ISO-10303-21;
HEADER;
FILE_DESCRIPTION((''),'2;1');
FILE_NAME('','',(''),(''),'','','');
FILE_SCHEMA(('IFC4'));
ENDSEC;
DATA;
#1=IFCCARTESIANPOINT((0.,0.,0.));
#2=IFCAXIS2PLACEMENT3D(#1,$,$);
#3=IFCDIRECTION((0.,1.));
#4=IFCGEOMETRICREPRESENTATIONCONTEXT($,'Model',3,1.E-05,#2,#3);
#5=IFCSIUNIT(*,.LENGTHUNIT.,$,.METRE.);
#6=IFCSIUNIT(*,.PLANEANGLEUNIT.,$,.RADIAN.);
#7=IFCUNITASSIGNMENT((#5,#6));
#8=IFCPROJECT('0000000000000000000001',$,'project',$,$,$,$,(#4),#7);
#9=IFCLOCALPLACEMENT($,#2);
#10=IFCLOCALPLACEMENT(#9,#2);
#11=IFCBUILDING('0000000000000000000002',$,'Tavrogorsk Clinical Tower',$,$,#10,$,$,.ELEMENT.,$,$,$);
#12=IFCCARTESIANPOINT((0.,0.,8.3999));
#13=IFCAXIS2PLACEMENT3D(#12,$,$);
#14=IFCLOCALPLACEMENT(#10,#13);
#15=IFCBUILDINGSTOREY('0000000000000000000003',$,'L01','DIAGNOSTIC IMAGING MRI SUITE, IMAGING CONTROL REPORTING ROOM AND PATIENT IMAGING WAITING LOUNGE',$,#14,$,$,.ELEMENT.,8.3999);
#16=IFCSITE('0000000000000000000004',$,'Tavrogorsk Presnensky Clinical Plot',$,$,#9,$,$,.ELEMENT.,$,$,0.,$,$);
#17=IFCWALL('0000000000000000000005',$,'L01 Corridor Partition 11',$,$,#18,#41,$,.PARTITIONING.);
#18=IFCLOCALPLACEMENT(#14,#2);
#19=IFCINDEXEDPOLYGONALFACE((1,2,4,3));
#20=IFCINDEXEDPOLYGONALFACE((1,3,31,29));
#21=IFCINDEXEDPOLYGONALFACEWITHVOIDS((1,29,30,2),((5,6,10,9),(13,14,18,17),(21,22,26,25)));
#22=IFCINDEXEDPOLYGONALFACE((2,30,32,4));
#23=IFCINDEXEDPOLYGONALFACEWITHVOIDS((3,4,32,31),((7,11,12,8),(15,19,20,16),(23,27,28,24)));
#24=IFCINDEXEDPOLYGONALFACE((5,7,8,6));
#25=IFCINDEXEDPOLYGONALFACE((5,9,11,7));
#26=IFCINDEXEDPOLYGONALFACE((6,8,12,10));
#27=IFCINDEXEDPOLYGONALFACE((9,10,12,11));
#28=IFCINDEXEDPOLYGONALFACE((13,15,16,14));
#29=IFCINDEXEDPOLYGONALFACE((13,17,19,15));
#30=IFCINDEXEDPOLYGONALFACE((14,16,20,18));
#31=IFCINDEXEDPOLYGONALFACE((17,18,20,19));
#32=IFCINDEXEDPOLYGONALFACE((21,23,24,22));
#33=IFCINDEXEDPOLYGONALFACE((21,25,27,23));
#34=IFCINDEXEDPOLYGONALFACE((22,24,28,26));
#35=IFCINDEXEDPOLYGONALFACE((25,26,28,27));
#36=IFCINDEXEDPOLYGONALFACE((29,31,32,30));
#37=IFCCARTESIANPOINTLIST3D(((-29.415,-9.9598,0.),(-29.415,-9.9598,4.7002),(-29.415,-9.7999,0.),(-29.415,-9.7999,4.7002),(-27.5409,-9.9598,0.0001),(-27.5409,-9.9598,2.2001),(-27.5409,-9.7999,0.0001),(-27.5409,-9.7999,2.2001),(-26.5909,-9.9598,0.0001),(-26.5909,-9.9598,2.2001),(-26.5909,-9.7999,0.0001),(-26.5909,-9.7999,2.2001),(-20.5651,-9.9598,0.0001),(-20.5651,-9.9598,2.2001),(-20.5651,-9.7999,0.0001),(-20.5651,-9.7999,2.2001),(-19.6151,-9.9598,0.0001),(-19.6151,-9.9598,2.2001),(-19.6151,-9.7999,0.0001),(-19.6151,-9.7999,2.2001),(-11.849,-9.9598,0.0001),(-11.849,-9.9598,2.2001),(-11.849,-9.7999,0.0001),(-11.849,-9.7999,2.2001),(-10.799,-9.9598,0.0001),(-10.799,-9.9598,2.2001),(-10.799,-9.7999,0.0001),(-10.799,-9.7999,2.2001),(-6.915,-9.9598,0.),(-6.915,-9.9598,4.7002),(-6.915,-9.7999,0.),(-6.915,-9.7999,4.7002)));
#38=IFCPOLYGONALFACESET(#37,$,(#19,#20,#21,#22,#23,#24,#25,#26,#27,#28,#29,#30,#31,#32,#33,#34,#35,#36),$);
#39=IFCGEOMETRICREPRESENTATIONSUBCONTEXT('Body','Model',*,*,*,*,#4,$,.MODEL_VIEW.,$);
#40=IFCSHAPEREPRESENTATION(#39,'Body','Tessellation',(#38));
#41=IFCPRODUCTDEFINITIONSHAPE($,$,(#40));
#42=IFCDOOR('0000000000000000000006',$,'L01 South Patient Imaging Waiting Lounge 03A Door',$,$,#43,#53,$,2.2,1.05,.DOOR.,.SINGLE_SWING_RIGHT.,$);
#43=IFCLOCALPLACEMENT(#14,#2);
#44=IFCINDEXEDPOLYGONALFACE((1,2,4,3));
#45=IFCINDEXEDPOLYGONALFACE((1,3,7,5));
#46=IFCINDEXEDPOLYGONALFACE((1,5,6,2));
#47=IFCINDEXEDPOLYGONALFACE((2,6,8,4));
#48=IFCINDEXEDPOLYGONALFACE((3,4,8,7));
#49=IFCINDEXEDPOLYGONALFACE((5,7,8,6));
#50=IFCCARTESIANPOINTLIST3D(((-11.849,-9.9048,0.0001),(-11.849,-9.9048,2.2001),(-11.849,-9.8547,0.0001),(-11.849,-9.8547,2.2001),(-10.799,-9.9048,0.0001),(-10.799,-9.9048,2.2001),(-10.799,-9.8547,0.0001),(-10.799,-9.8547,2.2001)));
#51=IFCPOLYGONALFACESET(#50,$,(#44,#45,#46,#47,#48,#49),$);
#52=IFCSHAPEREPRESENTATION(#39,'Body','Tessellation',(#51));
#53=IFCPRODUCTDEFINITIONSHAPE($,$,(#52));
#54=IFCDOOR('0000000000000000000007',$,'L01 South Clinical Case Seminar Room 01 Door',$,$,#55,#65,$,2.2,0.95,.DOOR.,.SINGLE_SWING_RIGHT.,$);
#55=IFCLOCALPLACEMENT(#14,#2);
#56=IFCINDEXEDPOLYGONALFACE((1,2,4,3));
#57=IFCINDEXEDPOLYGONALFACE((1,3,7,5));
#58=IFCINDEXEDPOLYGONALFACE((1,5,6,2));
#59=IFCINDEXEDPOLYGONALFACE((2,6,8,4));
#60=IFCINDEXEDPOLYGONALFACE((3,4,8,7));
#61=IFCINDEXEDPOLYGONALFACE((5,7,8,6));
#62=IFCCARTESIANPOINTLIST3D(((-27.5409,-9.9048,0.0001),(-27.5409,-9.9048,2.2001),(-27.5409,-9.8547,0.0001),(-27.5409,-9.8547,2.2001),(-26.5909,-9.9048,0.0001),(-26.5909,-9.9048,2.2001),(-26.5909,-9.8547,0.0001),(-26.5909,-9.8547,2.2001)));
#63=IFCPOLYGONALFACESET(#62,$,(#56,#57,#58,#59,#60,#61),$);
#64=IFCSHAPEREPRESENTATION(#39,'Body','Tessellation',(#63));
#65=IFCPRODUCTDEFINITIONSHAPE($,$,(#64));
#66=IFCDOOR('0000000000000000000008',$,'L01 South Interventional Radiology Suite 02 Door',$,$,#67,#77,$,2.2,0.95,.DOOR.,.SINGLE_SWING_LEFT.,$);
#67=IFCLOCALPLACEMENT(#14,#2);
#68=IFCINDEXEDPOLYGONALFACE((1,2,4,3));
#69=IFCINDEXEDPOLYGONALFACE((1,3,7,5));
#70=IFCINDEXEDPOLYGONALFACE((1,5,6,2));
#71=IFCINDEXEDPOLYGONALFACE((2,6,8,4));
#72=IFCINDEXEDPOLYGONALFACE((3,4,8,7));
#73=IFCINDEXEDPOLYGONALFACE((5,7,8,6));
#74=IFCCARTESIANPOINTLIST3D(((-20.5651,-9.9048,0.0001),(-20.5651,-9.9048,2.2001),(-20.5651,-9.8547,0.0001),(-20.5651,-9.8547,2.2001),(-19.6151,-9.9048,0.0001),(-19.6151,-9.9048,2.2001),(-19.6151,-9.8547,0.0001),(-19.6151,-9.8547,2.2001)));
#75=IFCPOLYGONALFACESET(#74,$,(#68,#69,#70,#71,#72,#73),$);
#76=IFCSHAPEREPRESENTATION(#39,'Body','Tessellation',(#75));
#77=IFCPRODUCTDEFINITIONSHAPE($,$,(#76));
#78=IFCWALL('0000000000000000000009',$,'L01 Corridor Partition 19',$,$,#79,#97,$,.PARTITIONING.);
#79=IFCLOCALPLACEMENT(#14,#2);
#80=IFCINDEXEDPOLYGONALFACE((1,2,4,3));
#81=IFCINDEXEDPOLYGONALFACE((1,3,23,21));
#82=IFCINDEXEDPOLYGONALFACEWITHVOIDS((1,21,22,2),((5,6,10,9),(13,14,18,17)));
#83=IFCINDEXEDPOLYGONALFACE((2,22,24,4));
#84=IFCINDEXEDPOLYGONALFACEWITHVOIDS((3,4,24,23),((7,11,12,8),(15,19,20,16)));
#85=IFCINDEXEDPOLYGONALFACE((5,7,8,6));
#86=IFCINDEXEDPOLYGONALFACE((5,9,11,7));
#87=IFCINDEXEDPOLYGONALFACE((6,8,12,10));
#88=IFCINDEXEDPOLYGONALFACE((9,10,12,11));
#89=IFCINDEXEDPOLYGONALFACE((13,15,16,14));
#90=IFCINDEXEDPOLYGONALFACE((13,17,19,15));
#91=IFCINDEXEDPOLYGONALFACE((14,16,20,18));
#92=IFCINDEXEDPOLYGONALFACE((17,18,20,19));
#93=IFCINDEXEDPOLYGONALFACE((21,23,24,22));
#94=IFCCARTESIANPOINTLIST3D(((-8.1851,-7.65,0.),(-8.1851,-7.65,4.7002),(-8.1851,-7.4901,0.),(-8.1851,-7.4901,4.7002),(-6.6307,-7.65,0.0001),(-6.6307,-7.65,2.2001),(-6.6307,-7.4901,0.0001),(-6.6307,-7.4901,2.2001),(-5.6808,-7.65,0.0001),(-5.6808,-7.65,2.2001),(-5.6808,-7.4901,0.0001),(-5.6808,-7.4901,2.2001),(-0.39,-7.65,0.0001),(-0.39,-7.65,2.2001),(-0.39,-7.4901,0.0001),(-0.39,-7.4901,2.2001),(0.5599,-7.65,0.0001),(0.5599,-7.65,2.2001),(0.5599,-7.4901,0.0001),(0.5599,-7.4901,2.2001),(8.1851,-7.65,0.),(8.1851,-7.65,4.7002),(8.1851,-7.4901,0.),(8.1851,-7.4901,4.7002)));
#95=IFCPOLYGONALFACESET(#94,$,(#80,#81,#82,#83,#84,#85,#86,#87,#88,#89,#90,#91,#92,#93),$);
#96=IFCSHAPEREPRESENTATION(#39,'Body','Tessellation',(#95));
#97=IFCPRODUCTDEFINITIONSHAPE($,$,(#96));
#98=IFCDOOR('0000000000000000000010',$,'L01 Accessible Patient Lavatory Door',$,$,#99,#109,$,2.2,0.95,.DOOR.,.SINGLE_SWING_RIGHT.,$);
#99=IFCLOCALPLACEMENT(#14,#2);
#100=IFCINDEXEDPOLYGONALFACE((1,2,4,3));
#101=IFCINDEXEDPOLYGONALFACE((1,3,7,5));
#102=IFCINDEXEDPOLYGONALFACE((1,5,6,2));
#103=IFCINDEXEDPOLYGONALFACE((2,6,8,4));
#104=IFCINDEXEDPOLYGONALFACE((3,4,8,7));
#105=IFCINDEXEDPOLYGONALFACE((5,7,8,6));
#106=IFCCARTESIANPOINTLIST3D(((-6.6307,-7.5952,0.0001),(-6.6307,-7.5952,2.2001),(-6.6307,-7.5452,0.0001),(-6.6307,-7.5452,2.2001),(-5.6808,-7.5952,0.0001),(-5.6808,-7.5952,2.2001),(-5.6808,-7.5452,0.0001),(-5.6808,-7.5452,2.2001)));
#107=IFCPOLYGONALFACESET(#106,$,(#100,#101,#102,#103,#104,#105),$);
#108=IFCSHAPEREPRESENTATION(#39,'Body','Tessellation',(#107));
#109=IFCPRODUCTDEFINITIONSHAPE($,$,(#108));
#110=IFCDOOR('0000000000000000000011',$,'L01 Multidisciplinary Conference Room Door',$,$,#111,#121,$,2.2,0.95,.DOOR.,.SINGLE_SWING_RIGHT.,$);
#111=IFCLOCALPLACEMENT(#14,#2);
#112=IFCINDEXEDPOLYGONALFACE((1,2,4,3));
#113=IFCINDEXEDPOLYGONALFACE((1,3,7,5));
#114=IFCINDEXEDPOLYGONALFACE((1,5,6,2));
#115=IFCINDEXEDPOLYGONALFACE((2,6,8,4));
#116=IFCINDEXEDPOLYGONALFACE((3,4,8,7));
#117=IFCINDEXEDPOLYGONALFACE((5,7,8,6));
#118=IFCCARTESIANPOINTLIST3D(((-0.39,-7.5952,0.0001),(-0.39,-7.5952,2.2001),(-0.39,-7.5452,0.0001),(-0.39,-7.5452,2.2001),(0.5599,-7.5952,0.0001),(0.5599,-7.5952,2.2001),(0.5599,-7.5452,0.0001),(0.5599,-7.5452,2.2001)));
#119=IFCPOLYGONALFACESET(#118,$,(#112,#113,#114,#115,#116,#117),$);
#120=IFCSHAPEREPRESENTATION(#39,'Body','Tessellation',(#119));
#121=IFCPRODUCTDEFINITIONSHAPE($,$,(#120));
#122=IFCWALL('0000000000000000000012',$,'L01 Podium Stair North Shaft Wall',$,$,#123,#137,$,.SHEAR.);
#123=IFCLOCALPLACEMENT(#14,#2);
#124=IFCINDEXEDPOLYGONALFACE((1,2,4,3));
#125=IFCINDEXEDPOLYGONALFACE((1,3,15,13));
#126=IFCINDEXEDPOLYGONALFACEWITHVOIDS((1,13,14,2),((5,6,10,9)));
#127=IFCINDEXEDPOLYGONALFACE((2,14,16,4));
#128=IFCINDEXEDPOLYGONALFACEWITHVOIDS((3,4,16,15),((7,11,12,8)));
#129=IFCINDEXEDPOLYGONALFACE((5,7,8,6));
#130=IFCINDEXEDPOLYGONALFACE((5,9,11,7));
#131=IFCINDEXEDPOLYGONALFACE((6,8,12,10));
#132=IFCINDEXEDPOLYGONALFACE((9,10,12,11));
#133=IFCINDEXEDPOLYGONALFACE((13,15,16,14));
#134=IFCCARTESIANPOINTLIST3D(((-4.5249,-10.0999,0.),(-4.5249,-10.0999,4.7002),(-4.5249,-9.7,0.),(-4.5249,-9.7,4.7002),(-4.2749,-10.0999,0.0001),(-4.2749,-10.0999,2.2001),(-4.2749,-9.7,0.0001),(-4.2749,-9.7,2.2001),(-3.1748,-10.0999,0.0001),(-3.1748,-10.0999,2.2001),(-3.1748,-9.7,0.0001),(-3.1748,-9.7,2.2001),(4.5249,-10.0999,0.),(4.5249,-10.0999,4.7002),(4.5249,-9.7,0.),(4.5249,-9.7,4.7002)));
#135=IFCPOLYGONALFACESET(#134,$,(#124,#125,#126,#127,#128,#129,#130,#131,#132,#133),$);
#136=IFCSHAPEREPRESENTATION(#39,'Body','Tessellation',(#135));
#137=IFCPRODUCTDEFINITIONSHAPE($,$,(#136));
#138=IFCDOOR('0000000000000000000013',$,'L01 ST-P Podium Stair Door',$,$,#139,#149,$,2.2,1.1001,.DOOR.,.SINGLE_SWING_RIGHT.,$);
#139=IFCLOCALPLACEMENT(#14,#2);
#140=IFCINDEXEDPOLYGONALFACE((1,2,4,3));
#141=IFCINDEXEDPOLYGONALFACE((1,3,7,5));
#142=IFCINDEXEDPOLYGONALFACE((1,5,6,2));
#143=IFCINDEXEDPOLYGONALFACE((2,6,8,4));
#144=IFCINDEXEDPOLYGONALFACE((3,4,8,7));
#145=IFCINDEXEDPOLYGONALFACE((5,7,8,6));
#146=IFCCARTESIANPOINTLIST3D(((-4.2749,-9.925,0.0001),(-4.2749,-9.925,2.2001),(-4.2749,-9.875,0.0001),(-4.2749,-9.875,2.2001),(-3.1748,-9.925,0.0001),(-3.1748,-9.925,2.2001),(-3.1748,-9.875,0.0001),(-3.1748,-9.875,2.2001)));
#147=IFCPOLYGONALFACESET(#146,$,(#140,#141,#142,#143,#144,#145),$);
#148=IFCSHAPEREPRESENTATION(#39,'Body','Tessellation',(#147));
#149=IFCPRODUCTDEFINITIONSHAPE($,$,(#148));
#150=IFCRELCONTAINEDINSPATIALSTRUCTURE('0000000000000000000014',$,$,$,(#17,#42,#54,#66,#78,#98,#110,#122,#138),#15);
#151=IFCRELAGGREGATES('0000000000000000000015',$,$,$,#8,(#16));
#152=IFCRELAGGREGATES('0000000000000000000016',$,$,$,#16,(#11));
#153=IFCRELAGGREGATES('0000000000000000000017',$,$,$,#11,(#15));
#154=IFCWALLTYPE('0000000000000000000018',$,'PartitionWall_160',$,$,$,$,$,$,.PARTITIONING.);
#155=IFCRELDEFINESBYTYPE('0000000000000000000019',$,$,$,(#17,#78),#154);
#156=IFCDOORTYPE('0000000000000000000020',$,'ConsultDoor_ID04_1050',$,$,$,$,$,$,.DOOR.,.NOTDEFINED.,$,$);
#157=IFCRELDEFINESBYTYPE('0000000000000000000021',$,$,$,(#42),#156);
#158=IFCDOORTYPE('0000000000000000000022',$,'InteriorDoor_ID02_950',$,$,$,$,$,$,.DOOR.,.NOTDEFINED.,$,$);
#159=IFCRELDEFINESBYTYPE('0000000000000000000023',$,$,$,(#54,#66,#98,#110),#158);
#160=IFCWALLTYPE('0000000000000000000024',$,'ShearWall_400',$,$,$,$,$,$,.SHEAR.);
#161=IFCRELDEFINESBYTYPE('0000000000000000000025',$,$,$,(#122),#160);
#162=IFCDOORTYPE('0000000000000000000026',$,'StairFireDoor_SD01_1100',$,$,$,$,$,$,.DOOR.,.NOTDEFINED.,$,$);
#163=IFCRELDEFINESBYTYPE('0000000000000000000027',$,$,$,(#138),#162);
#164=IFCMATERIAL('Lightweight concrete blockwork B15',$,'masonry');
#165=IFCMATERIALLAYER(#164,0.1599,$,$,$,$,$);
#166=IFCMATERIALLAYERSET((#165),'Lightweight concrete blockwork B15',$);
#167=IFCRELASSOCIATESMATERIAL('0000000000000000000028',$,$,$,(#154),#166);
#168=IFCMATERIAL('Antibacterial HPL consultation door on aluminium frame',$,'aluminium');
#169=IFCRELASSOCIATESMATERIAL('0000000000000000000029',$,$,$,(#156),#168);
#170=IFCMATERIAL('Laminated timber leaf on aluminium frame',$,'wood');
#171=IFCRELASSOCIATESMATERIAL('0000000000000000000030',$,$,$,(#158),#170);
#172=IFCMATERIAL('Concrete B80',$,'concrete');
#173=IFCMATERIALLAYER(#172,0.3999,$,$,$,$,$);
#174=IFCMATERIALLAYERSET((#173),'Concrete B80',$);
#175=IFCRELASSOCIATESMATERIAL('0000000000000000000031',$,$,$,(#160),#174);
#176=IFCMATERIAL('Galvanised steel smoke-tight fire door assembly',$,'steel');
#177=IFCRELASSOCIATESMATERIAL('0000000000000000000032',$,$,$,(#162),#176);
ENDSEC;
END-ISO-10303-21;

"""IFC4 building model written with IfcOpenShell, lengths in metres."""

from ifc_helpers import new_model, si_unit, direction, frame, frame_2d, origin, place, context, subcontext, project, spatial, rectangle, extrude, material, layer, layer_set, type_object, element, fill, save


model = new_model("IFC4")

# Units and contexts
model_context = context("Model", 3, precision=1e-05, world=origin(), true_north=direction((0.0, 1.0)))
body_context = subcontext(model_context, "Body", "Model", "MODEL_VIEW")
ifc_project = project(units=[si_unit("LENGTHUNIT", "METRE"), si_unit("PLANEANGLEUNIT", "RADIAN")], contexts=[model_context])

# Site, building, storey
site_placement = place(None, origin())
site = spatial("IfcSite", under=ifc_project, at=site_placement, Name="Tavrogorsk Presnensky Clinical Plot", CompositionType="ELEMENT", RefElevation=0.0)
building_placement = place(site_placement, origin())
building = spatial("IfcBuilding", under=site, at=building_placement, Name="Tavrogorsk Clinical Tower", CompositionType="ELEMENT")
storey_placement = place(building_placement, frame((0.0, 0.0, 8.3999)))
storey = spatial("IfcBuildingStorey", under=building, at=storey_placement, Name="L01", Description="DIAGNOSTIC IMAGING MRI SUITE, IMAGING CONTROL REPORTING ROOM AND PATIENT IMAGING WAITING LOUNGE", CompositionType="ELEMENT", Elevation=8.3999)

# Walls, openings, doors
ifc_material_1 = material(Name="Lightweight concrete blockwork B15", Category="masonry")
ifc_layer_1 = layer(ifc_material_1, 0.1599)
ifc_layer_set_1 = layer_set([ifc_layer_1], Name="Lightweight concrete blockwork B15")
wall_type_1 = type_object("IfcWallType", Name="PartitionWall_160", PredefinedType="PARTITIONING", material=ifc_layer_set_1)
wall_1_placement = place(storey_placement, frame((-6.915, -9.8799, 0.0), z_axis=(0.0, 0.0, 1.0), x_axis=(-1.0, 0.0, 0.0)))
wall_1 = element("IfcWall", 1, at=wall_1_placement, inside=storey, type_object=wall_type_1, Name="L01 Corridor Partition 11", PredefinedType="PARTITIONING", context=body_context, shape_type="SweptSolid", body=[
    extrude(rectangle(XDim=22.5, YDim=0.1599, at=frame_2d((11.25, 0.0))), origin(), (0.0, 0.0, 1.0), 4.7002),
])
opening_1_placement = place(wall_1_placement, frame((19.6758, 0.0, 0.0)))
opening_1 = element("IfcOpeningElement", 2, at=opening_1_placement, cuts=wall_1, PredefinedType="OPENING", context=body_context, shape_type="SweptSolid", body=[
    extrude(rectangle(XDim=0.95, YDim=2.2, at=frame_2d((0.4751, 1.1001))), frame((0.0, 0.0898, 0.0), z_axis=(0.0, -1.0, 0.0), x_axis=(1.0, 0.0, 0.0)), (0.0, 0.0, 1.0), 0.1799),
])
opening_2_placement = place(wall_1_placement, frame((12.7, 0.0, 0.0)))
opening_2 = element("IfcOpeningElement", 3, at=opening_2_placement, cuts=wall_1, PredefinedType="OPENING", context=body_context, shape_type="SweptSolid", body=[
    extrude(rectangle(XDim=0.95, YDim=2.2, at=frame_2d((0.4751, 1.1001))), frame((0.0, 0.0898, 0.0), z_axis=(0.0, -1.0, 0.0), x_axis=(1.0, 0.0, 0.0)), (0.0, 0.0, 1.0), 0.1799),
])
opening_3_placement = place(wall_1_placement, frame((3.884, 0.0, 0.0)))
opening_3 = element("IfcOpeningElement", 4, at=opening_3_placement, cuts=wall_1, PredefinedType="OPENING", context=body_context, shape_type="SweptSolid", body=[
    extrude(rectangle(XDim=1.05, YDim=2.2, at=frame_2d((0.5249, 1.1001))), frame((0.0, 0.0898, 0.0), z_axis=(0.0, -1.0, 0.0), x_axis=(1.0, 0.0, 0.0)), (0.0, 0.0, 1.0), 0.1799),
])
ifc_material_2 = material(Name="Antibacterial HPL consultation door on aluminium frame", Category="aluminium")
door_type_1 = type_object("IfcDoorType", Name="ConsultDoor_ID04_1050", OperationType="NOTDEFINED", PredefinedType="DOOR", material=ifc_material_2)
door_1_placement = place(opening_3_placement, origin())
door_1 = element("IfcDoor", 5, at=door_1_placement, inside=storey, type_object=door_type_1, Name="L01 South Patient Imaging Waiting Lounge 03A Door", OperationType="SINGLE_SWING_RIGHT", OverallHeight=2.2, OverallWidth=1.05, PredefinedType="DOOR", context=body_context, shape_type="SweptSolid", body=[
    extrude(rectangle(XDim=1.05, YDim=2.2, at=frame_2d((0.5249, 1.1001))), frame((0.0, 0.0249, 0.0), z_axis=(0.0, -1.0, 0.0), x_axis=(1.0, 0.0, 0.0)), (0.0, 0.0, 1.0), 0.05),
])
fill(opening_3, door_1)
ifc_material_3 = material(Name="Laminated timber leaf on aluminium frame", Category="wood")
door_type_2 = type_object("IfcDoorType", Name="InteriorDoor_ID02_950", OperationType="NOTDEFINED", PredefinedType="DOOR", material=ifc_material_3)
door_2_placement = place(opening_1_placement, origin())
door_2 = element("IfcDoor", 6, at=door_2_placement, inside=storey, type_object=door_type_2, Name="L01 South Clinical Case Seminar Room 01 Door", OperationType="SINGLE_SWING_RIGHT", OverallHeight=2.2, OverallWidth=0.95, PredefinedType="DOOR", context=body_context, shape_type="SweptSolid", body=[
    extrude(rectangle(XDim=0.95, YDim=2.2, at=frame_2d((0.4751, 1.1001))), frame((0.0, 0.0249, 0.0), z_axis=(0.0, -1.0, 0.0), x_axis=(1.0, 0.0, 0.0)), (0.0, 0.0, 1.0), 0.05),
])
fill(opening_1, door_2)
door_3_placement = place(opening_2_placement, origin())
door_3 = element("IfcDoor", 7, at=door_3_placement, inside=storey, type_object=door_type_2, Name="L01 South Interventional Radiology Suite 02 Door", OperationType="SINGLE_SWING_LEFT", OverallHeight=2.2, OverallWidth=0.95, PredefinedType="DOOR", context=body_context, shape_type="SweptSolid", body=[
    extrude(rectangle(XDim=0.95, YDim=2.2, at=frame_2d((0.4751, 1.1001))), frame((0.0, 0.0249, 0.0), z_axis=(0.0, -1.0, 0.0), x_axis=(1.0, 0.0, 0.0)), (0.0, 0.0, 1.0), 0.05),
])
fill(opening_2, door_3)
wall_2_placement = place(storey_placement, frame((-8.1851, -7.5701, 0.0), z_axis=(0.0, 0.0, 1.0), x_axis=(1.0, 0.0, 0.0)))
wall_2 = element("IfcWall", 8, at=wall_2_placement, inside=storey, type_object=wall_type_1, Name="L01 Corridor Partition 19", PredefinedType="PARTITIONING", context=body_context, shape_type="SweptSolid", body=[
    extrude(rectangle(XDim=16.3701, YDim=0.1599, at=frame_2d((8.1851, 0.0))), origin(), (0.0, 0.0, 1.0), 4.7002),
])
opening_4_placement = place(wall_2_placement, frame((1.5542, 0.0, 0.0)))
opening_4 = element("IfcOpeningElement", 9, at=opening_4_placement, cuts=wall_2, PredefinedType="OPENING", context=body_context, shape_type="SweptSolid", body=[
    extrude(rectangle(XDim=0.95, YDim=2.2, at=frame_2d((0.4751, 1.1001))), frame((0.0, 0.0898, 0.0), z_axis=(0.0, -1.0, 0.0), x_axis=(1.0, 0.0, 0.0)), (0.0, 0.0, 1.0), 0.1799),
])
opening_5_placement = place(wall_2_placement, frame((7.7949, 0.0, 0.0)))
opening_5 = element("IfcOpeningElement", 10, at=opening_5_placement, cuts=wall_2, PredefinedType="OPENING", context=body_context, shape_type="SweptSolid", body=[
    extrude(rectangle(XDim=0.95, YDim=2.2, at=frame_2d((0.4751, 1.1001))), frame((0.0, 0.0898, 0.0), z_axis=(0.0, -1.0, 0.0), x_axis=(1.0, 0.0, 0.0)), (0.0, 0.0, 1.0), 0.1799),
])
door_4_placement = place(opening_4_placement, origin())
door_4 = element("IfcDoor", 11, at=door_4_placement, inside=storey, type_object=door_type_2, Name="L01 Accessible Patient Lavatory Door", OperationType="SINGLE_SWING_RIGHT", OverallHeight=2.2, OverallWidth=0.95, PredefinedType="DOOR", context=body_context, shape_type="SweptSolid", body=[
    extrude(rectangle(XDim=0.95, YDim=2.2, at=frame_2d((0.4751, 1.1001))), frame((0.0, 0.0249, 0.0), z_axis=(0.0, -1.0, 0.0), x_axis=(1.0, 0.0, 0.0)), (0.0, 0.0, 1.0), 0.05),
])
fill(opening_4, door_4)
door_5_placement = place(opening_5_placement, origin())
door_5 = element("IfcDoor", 12, at=door_5_placement, inside=storey, type_object=door_type_2, Name="L01 Multidisciplinary Conference Room Door", OperationType="SINGLE_SWING_RIGHT", OverallHeight=2.2, OverallWidth=0.95, PredefinedType="DOOR", context=body_context, shape_type="SweptSolid", body=[
    extrude(rectangle(XDim=0.95, YDim=2.2, at=frame_2d((0.4751, 1.1001))), frame((0.0, 0.0249, 0.0), z_axis=(0.0, -1.0, 0.0), x_axis=(1.0, 0.0, 0.0)), (0.0, 0.0, 1.0), 0.05),
])
fill(opening_5, door_5)

# Wall, opening, door
ifc_material_4 = material(Name="Concrete B80", Category="concrete")
ifc_layer_2 = layer(ifc_material_4, 0.3999)
ifc_layer_set_2 = layer_set([ifc_layer_2], Name="Concrete B80")
wall_type_2 = type_object("IfcWallType", Name="ShearWall_400", PredefinedType="SHEAR", material=ifc_layer_set_2)
wall_3_placement = place(storey_placement, frame((-4.5249, -9.8999, 0.0), z_axis=(0.0, 0.0, 1.0), x_axis=(1.0, 0.0, 0.0)))
wall_3 = element("IfcWall", 13, at=wall_3_placement, inside=storey, type_object=wall_type_2, Name="L01 Podium Stair North Shaft Wall", PredefinedType="SHEAR", context=body_context, shape_type="SweptSolid", body=[
    extrude(rectangle(XDim=9.0498, YDim=0.3999, at=frame_2d((4.5249, 0.0))), origin(), (0.0, 0.0, 1.0), 4.7002),
])
opening_6_placement = place(wall_3_placement, frame((0.25, 0.0, 0.0)))
opening_6 = element("IfcOpeningElement", 14, at=opening_6_placement, cuts=wall_3, PredefinedType="OPENING", context=body_context, shape_type="SweptSolid", body=[
    extrude(rectangle(XDim=1.1001, YDim=2.2, at=frame_2d((0.55, 1.1001))), frame((0.0, 0.21, 0.0), z_axis=(0.0, -1.0, 0.0), x_axis=(1.0, 0.0, 0.0)), (0.0, 0.0, 1.0), 0.4199),
])
ifc_material_5 = material(Name="Galvanised steel smoke-tight fire door assembly", Category="steel")
door_type_3 = type_object("IfcDoorType", Name="StairFireDoor_SD01_1100", OperationType="NOTDEFINED", PredefinedType="DOOR", material=ifc_material_5)
door_6_placement = place(opening_6_placement, origin())
door_6 = element("IfcDoor", 15, at=door_6_placement, inside=storey, type_object=door_type_3, Name="L01 ST-P Podium Stair Door", OperationType="SINGLE_SWING_RIGHT", OverallHeight=2.2, OverallWidth=1.1001, PredefinedType="DOOR", context=body_context, shape_type="SweptSolid", body=[
    extrude(rectangle(XDim=1.1001, YDim=2.2, at=frame_2d((0.55, 1.1001))), frame((0.0, 0.0249, 0.0), z_axis=(0.0, -1.0, 0.0), x_axis=(1.0, 0.0, 0.0)), (0.0, 0.0, 1.0), 0.05),
])
fill(opening_6, door_6)

save(model, "model.ifc")
